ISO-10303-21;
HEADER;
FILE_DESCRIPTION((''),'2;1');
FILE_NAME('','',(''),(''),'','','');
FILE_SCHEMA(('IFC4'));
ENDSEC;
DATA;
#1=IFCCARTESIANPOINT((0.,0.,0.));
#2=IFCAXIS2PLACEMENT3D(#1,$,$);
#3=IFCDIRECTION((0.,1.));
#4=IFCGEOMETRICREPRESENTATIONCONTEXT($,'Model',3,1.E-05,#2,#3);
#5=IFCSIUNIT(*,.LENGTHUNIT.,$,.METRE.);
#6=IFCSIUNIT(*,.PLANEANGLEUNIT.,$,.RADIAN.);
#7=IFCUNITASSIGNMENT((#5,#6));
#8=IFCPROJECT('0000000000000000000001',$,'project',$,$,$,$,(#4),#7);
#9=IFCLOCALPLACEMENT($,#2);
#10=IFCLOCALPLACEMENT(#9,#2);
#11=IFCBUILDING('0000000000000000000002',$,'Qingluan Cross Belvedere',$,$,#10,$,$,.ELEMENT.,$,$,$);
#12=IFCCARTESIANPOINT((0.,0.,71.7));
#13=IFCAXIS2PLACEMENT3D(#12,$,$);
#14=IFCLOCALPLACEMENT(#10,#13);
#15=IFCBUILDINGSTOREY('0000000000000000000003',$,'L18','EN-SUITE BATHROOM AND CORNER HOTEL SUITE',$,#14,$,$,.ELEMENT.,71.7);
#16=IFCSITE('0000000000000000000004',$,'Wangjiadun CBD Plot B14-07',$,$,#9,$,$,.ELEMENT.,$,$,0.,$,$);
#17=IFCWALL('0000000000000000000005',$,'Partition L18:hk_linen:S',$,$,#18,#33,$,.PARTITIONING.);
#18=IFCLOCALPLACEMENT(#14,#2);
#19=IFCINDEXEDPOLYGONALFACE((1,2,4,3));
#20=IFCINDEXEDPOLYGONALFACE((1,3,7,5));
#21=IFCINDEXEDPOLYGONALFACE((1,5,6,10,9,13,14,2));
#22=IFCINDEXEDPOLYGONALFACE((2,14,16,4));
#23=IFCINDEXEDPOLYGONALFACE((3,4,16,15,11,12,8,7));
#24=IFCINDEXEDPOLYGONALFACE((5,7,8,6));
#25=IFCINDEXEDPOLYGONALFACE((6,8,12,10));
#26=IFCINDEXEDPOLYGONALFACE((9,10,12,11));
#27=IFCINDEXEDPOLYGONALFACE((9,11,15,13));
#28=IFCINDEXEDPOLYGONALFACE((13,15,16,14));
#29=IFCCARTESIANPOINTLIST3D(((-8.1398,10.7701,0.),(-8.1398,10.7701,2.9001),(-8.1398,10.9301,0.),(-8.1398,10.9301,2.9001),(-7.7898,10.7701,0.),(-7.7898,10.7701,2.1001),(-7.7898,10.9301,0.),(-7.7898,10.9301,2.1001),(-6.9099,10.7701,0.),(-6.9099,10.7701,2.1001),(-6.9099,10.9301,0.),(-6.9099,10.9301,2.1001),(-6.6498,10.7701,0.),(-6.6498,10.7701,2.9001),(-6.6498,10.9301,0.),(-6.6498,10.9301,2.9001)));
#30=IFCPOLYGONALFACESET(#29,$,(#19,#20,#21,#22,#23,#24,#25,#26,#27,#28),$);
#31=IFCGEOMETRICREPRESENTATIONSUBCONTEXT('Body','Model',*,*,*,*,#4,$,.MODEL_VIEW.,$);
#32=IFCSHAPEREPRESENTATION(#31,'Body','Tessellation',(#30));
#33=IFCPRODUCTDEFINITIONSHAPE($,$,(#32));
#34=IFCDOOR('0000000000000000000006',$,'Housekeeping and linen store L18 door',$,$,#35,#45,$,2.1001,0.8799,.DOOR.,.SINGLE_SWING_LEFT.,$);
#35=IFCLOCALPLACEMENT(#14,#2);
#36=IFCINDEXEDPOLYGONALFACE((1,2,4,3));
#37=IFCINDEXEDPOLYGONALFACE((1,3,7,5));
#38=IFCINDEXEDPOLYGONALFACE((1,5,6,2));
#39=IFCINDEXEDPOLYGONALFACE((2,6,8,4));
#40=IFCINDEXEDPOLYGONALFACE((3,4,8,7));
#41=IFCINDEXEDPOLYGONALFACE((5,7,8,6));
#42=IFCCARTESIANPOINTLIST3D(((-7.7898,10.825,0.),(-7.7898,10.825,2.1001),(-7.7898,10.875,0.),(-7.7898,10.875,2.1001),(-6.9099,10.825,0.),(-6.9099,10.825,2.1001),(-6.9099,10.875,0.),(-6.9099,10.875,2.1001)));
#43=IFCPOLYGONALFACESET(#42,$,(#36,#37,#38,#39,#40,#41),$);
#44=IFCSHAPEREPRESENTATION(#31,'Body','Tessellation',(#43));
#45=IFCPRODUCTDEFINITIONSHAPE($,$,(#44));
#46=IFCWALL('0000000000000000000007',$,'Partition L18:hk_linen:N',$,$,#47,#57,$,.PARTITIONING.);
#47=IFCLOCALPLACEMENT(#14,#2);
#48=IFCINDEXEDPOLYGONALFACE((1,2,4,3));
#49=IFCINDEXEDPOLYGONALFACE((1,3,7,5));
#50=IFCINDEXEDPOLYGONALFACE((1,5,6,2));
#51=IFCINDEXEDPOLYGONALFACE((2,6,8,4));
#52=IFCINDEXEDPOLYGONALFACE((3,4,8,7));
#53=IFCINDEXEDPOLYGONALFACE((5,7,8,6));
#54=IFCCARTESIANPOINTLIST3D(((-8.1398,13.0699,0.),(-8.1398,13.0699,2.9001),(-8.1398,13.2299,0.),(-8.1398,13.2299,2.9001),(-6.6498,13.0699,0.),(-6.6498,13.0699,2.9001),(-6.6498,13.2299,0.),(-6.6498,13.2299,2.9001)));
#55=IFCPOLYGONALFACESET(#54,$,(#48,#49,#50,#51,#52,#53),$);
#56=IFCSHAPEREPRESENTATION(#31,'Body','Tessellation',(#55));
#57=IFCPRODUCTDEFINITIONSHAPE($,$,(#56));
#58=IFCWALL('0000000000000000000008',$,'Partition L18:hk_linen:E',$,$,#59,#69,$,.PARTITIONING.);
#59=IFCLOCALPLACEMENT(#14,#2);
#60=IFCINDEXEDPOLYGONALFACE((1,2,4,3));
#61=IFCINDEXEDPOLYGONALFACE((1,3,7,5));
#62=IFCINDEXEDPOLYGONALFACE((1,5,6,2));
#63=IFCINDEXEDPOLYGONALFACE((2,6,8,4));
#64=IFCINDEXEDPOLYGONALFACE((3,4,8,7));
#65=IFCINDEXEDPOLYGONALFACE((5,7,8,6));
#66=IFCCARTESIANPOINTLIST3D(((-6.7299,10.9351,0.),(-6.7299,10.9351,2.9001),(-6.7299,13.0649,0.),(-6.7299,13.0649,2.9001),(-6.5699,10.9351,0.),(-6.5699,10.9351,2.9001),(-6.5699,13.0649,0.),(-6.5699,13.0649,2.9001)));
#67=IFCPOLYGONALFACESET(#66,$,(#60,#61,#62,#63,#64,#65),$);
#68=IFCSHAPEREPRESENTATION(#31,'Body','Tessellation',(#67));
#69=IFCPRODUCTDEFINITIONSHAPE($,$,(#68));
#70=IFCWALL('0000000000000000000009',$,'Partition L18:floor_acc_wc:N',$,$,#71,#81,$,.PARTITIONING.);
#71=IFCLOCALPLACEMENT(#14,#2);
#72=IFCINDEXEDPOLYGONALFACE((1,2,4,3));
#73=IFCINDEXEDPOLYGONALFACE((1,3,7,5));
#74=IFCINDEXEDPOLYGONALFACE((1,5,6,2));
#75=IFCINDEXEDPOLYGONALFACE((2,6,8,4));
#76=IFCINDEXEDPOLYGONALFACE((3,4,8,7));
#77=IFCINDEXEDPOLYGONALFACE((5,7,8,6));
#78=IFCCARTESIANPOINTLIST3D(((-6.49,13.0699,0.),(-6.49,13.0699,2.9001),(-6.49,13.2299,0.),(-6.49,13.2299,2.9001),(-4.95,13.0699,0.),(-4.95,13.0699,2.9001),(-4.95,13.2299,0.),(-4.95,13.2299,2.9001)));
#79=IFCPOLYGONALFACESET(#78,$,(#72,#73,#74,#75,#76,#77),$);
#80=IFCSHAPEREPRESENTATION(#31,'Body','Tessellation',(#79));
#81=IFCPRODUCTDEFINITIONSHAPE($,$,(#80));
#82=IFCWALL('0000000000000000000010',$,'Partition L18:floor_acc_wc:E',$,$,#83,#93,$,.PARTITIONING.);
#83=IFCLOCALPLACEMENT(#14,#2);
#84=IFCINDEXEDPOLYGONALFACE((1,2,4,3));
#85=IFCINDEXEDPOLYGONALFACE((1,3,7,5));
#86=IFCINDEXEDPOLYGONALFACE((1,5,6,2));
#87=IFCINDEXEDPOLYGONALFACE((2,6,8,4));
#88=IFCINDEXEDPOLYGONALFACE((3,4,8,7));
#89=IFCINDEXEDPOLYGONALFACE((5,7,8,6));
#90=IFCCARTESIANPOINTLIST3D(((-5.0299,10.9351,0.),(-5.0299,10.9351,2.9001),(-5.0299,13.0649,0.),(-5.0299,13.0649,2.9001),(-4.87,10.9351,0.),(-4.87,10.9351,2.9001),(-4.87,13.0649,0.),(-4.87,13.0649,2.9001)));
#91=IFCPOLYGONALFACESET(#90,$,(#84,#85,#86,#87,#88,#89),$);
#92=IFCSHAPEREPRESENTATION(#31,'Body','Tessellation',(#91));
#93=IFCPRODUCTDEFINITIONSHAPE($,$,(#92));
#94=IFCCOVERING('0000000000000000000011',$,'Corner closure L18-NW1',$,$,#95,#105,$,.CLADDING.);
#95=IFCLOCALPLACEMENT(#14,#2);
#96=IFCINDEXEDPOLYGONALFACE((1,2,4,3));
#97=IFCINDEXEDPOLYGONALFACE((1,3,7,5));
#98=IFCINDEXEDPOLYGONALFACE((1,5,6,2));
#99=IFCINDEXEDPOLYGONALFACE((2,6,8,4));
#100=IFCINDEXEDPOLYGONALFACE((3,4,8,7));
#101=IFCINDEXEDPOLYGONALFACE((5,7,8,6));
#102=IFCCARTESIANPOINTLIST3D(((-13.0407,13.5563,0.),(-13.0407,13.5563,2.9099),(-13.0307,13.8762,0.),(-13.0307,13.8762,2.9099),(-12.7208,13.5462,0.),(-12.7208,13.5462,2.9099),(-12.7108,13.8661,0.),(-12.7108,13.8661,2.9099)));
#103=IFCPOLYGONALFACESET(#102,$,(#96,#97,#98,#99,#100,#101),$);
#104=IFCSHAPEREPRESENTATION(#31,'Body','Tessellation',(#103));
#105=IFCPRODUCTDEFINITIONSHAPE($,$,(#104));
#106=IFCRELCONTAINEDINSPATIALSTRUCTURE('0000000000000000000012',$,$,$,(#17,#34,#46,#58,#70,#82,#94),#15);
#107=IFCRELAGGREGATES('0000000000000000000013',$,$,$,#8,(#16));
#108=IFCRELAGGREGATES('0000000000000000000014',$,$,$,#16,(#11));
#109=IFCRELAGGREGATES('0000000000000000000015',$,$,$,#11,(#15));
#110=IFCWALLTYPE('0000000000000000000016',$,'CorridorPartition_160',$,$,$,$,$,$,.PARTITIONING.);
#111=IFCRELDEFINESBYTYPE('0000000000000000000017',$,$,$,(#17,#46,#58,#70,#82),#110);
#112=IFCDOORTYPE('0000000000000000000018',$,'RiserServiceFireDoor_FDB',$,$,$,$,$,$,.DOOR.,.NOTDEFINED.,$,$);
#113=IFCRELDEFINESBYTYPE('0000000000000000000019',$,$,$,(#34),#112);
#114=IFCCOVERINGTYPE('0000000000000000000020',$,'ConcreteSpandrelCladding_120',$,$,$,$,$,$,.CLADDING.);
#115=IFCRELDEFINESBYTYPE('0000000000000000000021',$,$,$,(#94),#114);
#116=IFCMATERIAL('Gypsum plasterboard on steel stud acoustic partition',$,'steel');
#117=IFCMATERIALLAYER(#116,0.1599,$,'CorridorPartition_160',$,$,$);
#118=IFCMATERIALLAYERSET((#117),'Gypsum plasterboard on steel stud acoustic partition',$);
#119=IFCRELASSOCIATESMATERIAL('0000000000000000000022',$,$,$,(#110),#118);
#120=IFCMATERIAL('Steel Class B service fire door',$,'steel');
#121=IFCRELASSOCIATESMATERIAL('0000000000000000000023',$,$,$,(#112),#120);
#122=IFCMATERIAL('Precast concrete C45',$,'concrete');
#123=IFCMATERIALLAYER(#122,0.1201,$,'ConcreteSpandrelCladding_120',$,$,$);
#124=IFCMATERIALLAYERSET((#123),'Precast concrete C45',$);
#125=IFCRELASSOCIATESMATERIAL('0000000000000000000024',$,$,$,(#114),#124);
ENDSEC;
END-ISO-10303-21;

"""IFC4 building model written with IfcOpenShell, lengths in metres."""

from ifc_helpers import new_model, si_unit, direction, frame, frame_2d, origin, origin_2d, place, context, subcontext, project, spatial, rectangle, extrude, material, layer, layer_set, type_object, element, fill, save


model = new_model("IFC4")

# Units and contexts
model_context = context("Model", 3, precision=1e-05, world=origin(), true_north=direction((0.0, 1.0)))
body_context = subcontext(model_context, "Body", "Model", "MODEL_VIEW")
ifc_project = project(units=[si_unit("LENGTHUNIT", "METRE"), si_unit("PLANEANGLEUNIT", "RADIAN")], contexts=[model_context])

# Site, building, storey
site_placement = place(None, origin())
site = spatial("IfcSite", under=ifc_project, at=site_placement, Name="Wangjiadun CBD Plot B14-07", CompositionType="ELEMENT", RefElevation=0.0)
building_placement = place(site_placement, origin())
building = spatial("IfcBuilding", under=site, at=building_placement, Name="Qingluan Cross Belvedere", CompositionType="ELEMENT")
storey_placement = place(building_placement, frame((0.0, 0.0, 71.7)))
storey = spatial("IfcBuildingStorey", under=building, at=storey_placement, Name="L18", Description="EN-SUITE BATHROOM AND CORNER HOTEL SUITE", CompositionType="ELEMENT", Elevation=71.7)

# Shared definitions
ifc_material_1 = material(Name="Gypsum plasterboard on steel stud acoustic partition", Category="steel")
ifc_layer_1 = layer(ifc_material_1, 0.1599, Name="CorridorPartition_160")
ifc_layer_set_1 = layer_set([ifc_layer_1], Name="Gypsum plasterboard on steel stud acoustic partition")
wall_type_1 = type_object("IfcWallType", Name="CorridorPartition_160", PredefinedType="PARTITIONING", material=ifc_layer_set_1)

# Wall, opening, door
wall_1_placement = place(storey_placement, frame((-8.1399, 10.8501, 0.0), z_axis=(0.0, 0.0, 1.0), x_axis=(1.0, 0.0, 0.0)))
wall_1 = element("IfcWall", 1, at=wall_1_placement, inside=storey, type_object=wall_type_1, Name="Partition L18:hk_linen:S", PredefinedType="PARTITIONING", context=body_context, shape_type="SweptSolid", body=[
    extrude(rectangle(XDim=1.49, YDim=0.1599, at=frame_2d((0.7451, 0.0))), origin(), (0.0, 0.0, 1.0), 2.9001),
])
opening_1_placement = place(wall_1_placement, frame((0.3501, 0.0, 0.0)))
opening_1 = element("IfcOpeningElement", 2, at=opening_1_placement, cuts=wall_1, PredefinedType="OPENING", context=body_context, shape_type="SweptSolid", body=[
    extrude(rectangle(XDim=0.8799, YDim=2.1001, at=frame_2d((0.4399, 1.05))), frame((0.0, 0.0898, 0.0), z_axis=(0.0, -1.0, 0.0), x_axis=(1.0, 0.0, 0.0)), (0.0, 0.0, 1.0), 0.1799),
])
ifc_material_2 = material(Name="Steel Class B service fire door", Category="steel")
door_type_1 = type_object("IfcDoorType", Name="RiserServiceFireDoor_FDB", OperationType="NOTDEFINED", PredefinedType="DOOR", material=ifc_material_2)
door_1_placement = place(opening_1_placement, origin())
door_1 = element("IfcDoor", 3, at=door_1_placement, inside=storey, type_object=door_type_1, Name="Housekeeping and linen store L18 door", OperationType="SINGLE_SWING_LEFT", OverallHeight=2.1001, OverallWidth=0.8799, PredefinedType="DOOR", context=body_context, shape_type="SweptSolid", body=[
    extrude(rectangle(XDim=0.8799, YDim=2.1001, at=frame_2d((0.4399, 1.05))), frame((0.0, 0.0249, 0.0), z_axis=(0.0, -1.0, 0.0), x_axis=(1.0, 0.0, 0.0)), (0.0, 0.0, 1.0), 0.05),
])
fill(opening_1, door_1)

# Walls
wall_2_placement = place(storey_placement, frame((-8.1399, 13.1499, 0.0), z_axis=(0.0, 0.0, 1.0), x_axis=(1.0, 0.0, 0.0)))
element("IfcWall", 4, at=wall_2_placement, inside=storey, type_object=wall_type_1, Name="Partition L18:hk_linen:N", PredefinedType="PARTITIONING", context=body_context, shape_type="SweptSolid", body=[
    extrude(rectangle(XDim=1.49, YDim=0.1599, at=frame_2d((0.7451, 0.0))), origin(), (0.0, 0.0, 1.0), 2.9001),
])
wall_3_placement = place(storey_placement, frame((-6.6499, 10.9351, 0.0), z_axis=(0.0, 0.0, 1.0), x_axis=(0.0, 1.0, 0.0)))
element("IfcWall", 5, at=wall_3_placement, inside=storey, type_object=wall_type_1, Name="Partition L18:hk_linen:E", PredefinedType="PARTITIONING", context=body_context, shape_type="SweptSolid", body=[
    extrude(rectangle(XDim=2.1299, YDim=0.1599, at=frame_2d((1.0649, 0.0))), origin(), (0.0, 0.0, 1.0), 2.9001),
])

# Walls
wall_4_placement = place(storey_placement, frame((-6.49, 13.1499, 0.0), z_axis=(0.0, 0.0, 1.0), x_axis=(1.0, 0.0, 0.0)))
element("IfcWall", 6, at=wall_4_placement, inside=storey, type_object=wall_type_1, Name="Partition L18:floor_acc_wc:N", PredefinedType="PARTITIONING", context=body_context, shape_type="SweptSolid", body=[
    extrude(rectangle(XDim=1.54, YDim=0.1599, at=frame_2d((0.77, 0.0))), origin(), (0.0, 0.0, 1.0), 2.9001),
])
wall_5_placement = place(storey_placement, frame((-4.95, 10.9351, 0.0), z_axis=(0.0, 0.0, 1.0), x_axis=(0.0, 1.0, 0.0)))
element("IfcWall", 7, at=wall_5_placement, inside=storey, type_object=wall_type_1, Name="Partition L18:floor_acc_wc:E", PredefinedType="PARTITIONING", context=body_context, shape_type="SweptSolid", body=[
    extrude(rectangle(XDim=2.1299, YDim=0.1599, at=frame_2d((1.0649, 0.0))), origin(), (0.0, 0.0, 1.0), 2.9001),
])

# Covering
ifc_material_3 = material(Name="Precast concrete C45", Category="concrete")
ifc_layer_2 = layer(ifc_material_3, 0.1201, Name="ConcreteSpandrelCladding_120")
ifc_layer_set_2 = layer_set([ifc_layer_2], Name="Precast concrete C45")
covering_type = type_object("IfcCoveringType", Name="ConcreteSpandrelCladding_120", PredefinedType="CLADDING", material=ifc_layer_set_2)
covering_placement = place(storey_placement, frame((-12.8757, 13.7112, 0.0), z_axis=(0.0, 0.0, 1.0), x_axis=(0.999507, -0.031411, 0.0)))
element("IfcCovering", 8, at=covering_placement, inside=storey, type_object=covering_type, Name="Corner closure L18-NW1", PredefinedType="CLADDING", context=body_context, shape_type="SweptSolid", body=[
    extrude(rectangle(XDim=0.3201, YDim=0.3201, at=origin_2d()), origin(), (0.0, 0.0, 1.0), 2.9099),
])

save(model, "model.ifc")
